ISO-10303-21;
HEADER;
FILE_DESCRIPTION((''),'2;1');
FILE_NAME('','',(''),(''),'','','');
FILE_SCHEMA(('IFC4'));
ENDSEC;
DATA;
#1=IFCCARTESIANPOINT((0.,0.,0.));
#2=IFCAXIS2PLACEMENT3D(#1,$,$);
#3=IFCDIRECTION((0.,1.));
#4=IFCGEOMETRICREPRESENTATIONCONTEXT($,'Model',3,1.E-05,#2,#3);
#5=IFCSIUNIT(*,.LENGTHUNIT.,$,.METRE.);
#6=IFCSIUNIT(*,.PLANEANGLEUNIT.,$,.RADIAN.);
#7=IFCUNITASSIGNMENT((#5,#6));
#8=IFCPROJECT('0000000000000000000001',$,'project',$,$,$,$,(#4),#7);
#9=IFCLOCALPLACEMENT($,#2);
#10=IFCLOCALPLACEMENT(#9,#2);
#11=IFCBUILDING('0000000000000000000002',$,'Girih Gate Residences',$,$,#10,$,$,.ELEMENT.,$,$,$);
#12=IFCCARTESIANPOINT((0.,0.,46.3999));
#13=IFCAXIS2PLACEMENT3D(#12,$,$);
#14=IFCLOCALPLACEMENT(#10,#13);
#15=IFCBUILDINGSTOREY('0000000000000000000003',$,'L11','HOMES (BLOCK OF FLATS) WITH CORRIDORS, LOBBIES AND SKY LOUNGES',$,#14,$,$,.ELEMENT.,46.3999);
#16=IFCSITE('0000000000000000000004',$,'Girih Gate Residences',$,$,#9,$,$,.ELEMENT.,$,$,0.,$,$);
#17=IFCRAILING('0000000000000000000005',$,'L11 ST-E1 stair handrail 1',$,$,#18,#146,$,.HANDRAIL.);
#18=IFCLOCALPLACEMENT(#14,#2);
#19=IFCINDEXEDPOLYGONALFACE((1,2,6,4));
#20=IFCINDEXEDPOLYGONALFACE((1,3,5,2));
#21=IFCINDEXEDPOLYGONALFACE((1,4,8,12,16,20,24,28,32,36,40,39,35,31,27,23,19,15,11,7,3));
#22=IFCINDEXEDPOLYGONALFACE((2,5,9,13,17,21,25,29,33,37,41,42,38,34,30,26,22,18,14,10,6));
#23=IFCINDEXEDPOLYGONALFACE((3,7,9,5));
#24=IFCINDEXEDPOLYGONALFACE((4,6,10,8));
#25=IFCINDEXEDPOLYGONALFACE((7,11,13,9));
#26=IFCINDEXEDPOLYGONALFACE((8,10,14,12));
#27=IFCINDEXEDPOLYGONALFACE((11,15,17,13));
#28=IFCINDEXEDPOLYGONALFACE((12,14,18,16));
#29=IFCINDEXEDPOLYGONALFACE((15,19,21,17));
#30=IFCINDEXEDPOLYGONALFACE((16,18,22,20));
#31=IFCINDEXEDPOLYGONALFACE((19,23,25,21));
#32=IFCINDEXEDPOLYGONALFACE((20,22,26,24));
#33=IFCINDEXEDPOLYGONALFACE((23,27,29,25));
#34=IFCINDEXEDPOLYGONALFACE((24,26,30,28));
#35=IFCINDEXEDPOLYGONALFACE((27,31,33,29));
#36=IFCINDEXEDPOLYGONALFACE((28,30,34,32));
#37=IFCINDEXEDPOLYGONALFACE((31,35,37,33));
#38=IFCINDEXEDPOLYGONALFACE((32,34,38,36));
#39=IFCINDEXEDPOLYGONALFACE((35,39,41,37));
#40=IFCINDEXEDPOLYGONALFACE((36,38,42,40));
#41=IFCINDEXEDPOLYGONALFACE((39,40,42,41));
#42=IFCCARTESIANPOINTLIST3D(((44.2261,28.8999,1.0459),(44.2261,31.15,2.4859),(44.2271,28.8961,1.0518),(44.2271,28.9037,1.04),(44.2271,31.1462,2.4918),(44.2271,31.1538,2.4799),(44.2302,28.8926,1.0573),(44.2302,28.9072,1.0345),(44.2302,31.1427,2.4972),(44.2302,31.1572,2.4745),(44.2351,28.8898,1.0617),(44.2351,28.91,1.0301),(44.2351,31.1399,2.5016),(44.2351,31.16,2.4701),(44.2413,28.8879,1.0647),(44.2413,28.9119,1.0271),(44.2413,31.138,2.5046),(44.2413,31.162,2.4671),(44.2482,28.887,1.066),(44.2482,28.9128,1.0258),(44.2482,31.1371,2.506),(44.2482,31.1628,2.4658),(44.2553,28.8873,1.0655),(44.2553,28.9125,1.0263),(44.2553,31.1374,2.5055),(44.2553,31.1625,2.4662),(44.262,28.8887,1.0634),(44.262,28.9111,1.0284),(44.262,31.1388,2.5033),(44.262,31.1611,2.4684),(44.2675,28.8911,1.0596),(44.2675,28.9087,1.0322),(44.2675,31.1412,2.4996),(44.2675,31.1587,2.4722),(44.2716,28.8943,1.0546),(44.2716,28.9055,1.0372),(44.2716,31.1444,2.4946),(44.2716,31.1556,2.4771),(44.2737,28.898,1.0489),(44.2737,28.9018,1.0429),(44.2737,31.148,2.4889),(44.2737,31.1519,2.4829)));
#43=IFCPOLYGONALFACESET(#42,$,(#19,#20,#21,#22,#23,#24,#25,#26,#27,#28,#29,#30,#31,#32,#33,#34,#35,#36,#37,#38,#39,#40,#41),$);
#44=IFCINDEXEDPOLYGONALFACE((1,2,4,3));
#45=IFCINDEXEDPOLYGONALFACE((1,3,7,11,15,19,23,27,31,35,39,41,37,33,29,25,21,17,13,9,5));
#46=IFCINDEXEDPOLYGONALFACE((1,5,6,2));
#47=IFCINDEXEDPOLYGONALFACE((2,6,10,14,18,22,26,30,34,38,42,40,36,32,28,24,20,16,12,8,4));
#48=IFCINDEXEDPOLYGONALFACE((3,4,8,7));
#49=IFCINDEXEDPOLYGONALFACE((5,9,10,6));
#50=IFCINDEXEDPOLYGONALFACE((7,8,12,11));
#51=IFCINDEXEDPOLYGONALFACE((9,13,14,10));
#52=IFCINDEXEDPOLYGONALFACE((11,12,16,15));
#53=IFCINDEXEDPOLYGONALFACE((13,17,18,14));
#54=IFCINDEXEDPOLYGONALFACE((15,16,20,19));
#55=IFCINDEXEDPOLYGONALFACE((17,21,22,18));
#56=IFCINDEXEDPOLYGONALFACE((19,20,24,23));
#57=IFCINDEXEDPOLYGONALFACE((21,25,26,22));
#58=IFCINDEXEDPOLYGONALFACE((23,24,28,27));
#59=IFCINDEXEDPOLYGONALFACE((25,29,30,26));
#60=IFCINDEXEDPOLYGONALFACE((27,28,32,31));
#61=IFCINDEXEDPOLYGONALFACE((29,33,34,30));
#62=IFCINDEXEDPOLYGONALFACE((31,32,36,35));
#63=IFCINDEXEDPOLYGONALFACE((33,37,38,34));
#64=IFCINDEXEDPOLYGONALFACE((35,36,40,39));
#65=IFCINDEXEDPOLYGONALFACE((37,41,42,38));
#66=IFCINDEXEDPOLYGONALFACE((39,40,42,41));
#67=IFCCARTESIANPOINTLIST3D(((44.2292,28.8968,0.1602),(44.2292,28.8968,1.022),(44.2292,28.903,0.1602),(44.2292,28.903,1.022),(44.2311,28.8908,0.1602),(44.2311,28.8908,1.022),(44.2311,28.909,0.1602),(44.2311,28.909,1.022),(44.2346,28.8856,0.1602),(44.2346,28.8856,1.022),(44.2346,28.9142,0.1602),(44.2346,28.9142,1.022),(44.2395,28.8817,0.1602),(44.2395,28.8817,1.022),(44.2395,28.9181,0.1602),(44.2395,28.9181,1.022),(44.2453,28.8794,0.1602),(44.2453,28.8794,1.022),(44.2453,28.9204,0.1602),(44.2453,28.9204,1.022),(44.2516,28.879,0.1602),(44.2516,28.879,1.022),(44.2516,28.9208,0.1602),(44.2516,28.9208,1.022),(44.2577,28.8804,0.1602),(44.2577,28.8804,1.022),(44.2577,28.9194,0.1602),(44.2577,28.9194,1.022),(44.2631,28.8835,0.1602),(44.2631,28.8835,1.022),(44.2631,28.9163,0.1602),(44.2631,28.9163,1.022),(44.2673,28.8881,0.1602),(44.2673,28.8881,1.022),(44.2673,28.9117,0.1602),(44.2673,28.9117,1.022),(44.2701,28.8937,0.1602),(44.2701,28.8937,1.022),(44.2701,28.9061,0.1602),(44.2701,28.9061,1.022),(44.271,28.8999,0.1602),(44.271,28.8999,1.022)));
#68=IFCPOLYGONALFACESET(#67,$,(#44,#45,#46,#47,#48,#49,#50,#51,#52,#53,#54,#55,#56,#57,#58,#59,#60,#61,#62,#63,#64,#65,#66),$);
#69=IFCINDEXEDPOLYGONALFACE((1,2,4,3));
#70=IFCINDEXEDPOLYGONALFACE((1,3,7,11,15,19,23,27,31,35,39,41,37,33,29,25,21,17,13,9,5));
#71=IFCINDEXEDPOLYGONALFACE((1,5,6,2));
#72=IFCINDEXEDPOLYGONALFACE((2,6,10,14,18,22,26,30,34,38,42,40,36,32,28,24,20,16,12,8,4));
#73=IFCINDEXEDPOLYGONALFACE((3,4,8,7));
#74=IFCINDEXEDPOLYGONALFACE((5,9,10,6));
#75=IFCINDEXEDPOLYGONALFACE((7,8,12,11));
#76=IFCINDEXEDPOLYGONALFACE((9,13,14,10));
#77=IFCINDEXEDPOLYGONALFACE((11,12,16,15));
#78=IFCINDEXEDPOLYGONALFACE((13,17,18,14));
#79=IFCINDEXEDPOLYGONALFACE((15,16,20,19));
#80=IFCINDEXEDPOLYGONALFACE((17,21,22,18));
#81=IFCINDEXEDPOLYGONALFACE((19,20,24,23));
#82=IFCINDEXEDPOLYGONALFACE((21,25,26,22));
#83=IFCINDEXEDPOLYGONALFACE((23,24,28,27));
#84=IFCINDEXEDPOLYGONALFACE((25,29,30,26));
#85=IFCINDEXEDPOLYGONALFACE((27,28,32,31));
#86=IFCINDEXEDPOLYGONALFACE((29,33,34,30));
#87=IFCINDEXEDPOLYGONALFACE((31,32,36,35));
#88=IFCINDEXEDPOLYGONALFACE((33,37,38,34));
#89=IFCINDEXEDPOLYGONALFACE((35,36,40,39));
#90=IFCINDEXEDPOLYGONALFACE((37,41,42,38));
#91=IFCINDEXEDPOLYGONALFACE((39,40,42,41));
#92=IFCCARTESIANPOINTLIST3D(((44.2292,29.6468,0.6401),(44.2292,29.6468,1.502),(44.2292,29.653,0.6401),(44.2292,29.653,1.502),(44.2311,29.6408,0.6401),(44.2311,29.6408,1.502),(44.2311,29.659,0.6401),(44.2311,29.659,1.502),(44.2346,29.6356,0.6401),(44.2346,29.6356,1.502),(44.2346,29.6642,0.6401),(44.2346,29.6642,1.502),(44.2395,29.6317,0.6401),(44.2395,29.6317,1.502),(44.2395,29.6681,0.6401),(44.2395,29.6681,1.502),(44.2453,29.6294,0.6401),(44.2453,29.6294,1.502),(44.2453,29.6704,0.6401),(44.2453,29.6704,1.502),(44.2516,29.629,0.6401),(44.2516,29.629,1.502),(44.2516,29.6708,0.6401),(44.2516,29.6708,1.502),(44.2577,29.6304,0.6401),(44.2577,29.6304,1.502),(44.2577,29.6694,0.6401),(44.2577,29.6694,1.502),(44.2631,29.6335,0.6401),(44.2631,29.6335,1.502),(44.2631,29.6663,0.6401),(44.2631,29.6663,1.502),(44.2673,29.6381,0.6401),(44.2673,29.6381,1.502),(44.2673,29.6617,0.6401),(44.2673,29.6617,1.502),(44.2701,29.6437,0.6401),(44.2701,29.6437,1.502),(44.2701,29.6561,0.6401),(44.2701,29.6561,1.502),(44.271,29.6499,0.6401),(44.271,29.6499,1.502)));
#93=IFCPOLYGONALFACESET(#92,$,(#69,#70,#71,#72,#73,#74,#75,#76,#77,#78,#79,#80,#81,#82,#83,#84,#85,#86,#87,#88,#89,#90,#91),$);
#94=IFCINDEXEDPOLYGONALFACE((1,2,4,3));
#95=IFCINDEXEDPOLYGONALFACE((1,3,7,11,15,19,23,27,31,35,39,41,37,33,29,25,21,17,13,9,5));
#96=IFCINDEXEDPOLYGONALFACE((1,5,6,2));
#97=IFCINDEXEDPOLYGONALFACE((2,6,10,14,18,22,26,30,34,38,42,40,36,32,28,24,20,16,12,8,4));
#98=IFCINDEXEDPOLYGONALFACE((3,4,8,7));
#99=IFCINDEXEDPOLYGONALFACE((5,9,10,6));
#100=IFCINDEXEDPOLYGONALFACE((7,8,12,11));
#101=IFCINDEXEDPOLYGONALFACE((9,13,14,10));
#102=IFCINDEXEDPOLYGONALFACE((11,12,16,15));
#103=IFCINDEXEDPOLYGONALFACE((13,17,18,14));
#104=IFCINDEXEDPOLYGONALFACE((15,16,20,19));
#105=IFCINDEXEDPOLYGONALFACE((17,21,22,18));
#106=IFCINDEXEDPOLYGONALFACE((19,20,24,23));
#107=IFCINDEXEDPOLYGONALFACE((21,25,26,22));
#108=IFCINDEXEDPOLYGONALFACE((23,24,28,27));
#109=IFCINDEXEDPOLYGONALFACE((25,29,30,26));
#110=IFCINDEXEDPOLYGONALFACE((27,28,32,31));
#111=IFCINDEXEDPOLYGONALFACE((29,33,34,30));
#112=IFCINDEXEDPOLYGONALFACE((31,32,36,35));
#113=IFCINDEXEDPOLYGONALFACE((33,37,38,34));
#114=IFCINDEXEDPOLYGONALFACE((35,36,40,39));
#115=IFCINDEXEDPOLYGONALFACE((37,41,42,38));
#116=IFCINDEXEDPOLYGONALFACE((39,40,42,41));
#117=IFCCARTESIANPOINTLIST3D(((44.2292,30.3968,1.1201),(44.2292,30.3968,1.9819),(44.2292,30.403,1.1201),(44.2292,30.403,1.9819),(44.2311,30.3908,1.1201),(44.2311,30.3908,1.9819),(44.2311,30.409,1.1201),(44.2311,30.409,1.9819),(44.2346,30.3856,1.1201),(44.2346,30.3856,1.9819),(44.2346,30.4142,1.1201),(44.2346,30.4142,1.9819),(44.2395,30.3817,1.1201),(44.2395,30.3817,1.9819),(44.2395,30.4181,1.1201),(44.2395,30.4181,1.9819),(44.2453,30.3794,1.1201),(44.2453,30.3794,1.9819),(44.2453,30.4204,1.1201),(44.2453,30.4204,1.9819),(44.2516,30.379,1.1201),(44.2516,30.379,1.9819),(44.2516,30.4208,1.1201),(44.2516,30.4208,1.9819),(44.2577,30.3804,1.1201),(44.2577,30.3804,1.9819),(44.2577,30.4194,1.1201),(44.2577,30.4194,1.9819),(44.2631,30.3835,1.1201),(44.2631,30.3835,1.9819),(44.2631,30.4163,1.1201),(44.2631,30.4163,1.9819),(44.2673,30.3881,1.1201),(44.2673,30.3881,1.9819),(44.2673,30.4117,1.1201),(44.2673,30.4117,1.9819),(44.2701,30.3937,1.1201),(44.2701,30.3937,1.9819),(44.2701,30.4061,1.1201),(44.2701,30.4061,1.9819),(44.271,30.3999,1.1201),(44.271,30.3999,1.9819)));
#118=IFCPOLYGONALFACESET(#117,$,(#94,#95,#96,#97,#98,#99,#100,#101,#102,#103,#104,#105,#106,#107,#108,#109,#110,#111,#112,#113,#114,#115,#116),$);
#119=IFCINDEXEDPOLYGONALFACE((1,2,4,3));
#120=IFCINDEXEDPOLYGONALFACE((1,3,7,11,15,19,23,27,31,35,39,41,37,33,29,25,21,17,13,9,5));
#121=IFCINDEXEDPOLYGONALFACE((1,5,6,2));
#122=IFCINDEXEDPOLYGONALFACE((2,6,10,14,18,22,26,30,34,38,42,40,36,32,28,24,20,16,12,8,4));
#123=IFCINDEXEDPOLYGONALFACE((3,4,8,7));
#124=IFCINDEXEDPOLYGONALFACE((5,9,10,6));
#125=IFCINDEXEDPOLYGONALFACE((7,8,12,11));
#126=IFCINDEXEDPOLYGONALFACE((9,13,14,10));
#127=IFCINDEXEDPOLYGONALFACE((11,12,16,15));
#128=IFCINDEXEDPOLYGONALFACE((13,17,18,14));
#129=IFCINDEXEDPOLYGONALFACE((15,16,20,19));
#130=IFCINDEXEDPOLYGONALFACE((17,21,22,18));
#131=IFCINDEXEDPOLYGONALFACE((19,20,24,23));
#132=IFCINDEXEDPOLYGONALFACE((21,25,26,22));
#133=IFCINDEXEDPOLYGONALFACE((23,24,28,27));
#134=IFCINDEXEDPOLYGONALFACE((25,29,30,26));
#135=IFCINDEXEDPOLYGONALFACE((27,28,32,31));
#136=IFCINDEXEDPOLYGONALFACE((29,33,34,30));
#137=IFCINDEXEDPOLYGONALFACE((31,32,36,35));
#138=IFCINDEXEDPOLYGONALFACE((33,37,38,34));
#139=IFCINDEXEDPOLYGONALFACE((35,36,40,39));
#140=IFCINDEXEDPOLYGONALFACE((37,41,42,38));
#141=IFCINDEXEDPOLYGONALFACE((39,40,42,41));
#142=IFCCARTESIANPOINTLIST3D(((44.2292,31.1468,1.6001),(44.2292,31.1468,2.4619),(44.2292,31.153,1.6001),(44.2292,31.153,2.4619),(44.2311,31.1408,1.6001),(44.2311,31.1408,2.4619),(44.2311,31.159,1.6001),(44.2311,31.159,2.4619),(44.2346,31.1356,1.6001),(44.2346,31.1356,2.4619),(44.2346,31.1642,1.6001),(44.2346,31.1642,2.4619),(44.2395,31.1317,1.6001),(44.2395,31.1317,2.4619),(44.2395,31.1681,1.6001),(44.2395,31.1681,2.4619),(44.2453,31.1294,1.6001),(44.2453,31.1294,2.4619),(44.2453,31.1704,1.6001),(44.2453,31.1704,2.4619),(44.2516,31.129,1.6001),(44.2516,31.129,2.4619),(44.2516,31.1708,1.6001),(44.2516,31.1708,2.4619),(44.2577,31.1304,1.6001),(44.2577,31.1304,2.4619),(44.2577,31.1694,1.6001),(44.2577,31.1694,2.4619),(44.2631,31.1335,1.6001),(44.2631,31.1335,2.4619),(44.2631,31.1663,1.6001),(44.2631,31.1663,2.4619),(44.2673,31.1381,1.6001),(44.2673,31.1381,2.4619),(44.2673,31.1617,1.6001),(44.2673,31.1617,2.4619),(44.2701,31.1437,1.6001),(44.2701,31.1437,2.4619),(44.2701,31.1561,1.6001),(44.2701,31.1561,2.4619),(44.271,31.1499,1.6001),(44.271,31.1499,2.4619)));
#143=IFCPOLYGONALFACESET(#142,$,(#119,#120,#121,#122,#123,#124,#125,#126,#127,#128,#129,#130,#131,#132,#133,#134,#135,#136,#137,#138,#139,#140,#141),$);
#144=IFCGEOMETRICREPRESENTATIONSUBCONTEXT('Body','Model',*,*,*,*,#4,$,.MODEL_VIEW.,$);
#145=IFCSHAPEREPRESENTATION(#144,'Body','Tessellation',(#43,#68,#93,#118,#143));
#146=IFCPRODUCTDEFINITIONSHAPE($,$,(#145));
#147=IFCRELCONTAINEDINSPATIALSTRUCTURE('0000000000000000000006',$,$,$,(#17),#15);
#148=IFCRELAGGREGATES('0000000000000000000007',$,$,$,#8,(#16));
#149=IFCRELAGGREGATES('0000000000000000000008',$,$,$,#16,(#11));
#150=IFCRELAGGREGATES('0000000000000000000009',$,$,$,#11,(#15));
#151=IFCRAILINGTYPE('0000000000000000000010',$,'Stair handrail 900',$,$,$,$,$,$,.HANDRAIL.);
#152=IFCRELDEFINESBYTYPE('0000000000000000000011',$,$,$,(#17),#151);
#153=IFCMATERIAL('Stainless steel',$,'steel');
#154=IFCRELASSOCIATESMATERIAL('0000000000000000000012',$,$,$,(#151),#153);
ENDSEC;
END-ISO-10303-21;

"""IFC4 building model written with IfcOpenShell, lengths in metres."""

from ifc_helpers import new_model, si_unit, direction, frame, origin, origin_2d, place, context, subcontext, project, spatial, circle, extrude, material, type_object, element, save


model = new_model("IFC4")

# Units and contexts
model_context = context("Model", 3, precision=1e-05, world=origin(), true_north=direction((0.0, 1.0)))
body_context = subcontext(model_context, "Body", "Model", "MODEL_VIEW")
ifc_project = project(units=[si_unit("LENGTHUNIT", "METRE"), si_unit("PLANEANGLEUNIT", "RADIAN")], contexts=[model_context])

# Site, building, storey
site_placement = place(None, origin())
site = spatial("IfcSite", under=ifc_project, at=site_placement, Name="Girih Gate Residences", CompositionType="ELEMENT", RefElevation=0.0)
building_placement = place(site_placement, origin())
building = spatial("IfcBuilding", under=site, at=building_placement, Name="Girih Gate Residences", CompositionType="ELEMENT")
storey_placement = place(building_placement, frame((0.0, 0.0, 46.3999)))
storey = spatial("IfcBuildingStorey", under=building, at=storey_placement, Name="L11", Description="HOMES (BLOCK OF FLATS) WITH CORRIDORS, LOBBIES AND SKY LOUNGES", CompositionType="ELEMENT", Elevation=46.3999)

# Railing
ifc_material_1 = material(Name="Stainless steel", Category="steel")
railing_type_1 = type_object("IfcRailingType", Name="Stair handrail 900", PredefinedType="HANDRAIL", material=ifc_material_1)
railing_1_placement = place(storey_placement, frame((44.25, 28.8999, 0.1602)))
element("IfcRailing", 1, at=railing_1_placement, inside=storey, type_object=railing_type_1, Name="L11 ST-E1 stair handrail 1", PredefinedType="HANDRAIL", context=body_context, shape_type="SweptSolid", body=[
    extrude(circle(Radius=0.0239, at=origin_2d()), frame((0.0, 0.0, 0.8857), z_axis=(0.0, 0.842281, 0.539038), x_axis=(-1.0, 0.0, 0.0)), (0.0, 0.0, 1.0), 2.6714),
    extrude(circle(Radius=0.021, at=origin_2d()), origin(), (0.0, 0.0, 1.0), 0.8618),
    extrude(circle(Radius=0.021, at=origin_2d()), frame((0.0, 0.75, 0.48)), (0.0, 0.0, 1.0), 0.8618),
    extrude(circle(Radius=0.021, at=origin_2d()), frame((0.0, 1.5, 0.96)), (0.0, 0.0, 1.0), 0.8618),
    extrude(circle(Radius=0.021, at=origin_2d()), frame((0.0, 2.25, 1.4399)), (0.0, 0.0, 1.0), 0.8618),
])

save(model, "model.ifc")
